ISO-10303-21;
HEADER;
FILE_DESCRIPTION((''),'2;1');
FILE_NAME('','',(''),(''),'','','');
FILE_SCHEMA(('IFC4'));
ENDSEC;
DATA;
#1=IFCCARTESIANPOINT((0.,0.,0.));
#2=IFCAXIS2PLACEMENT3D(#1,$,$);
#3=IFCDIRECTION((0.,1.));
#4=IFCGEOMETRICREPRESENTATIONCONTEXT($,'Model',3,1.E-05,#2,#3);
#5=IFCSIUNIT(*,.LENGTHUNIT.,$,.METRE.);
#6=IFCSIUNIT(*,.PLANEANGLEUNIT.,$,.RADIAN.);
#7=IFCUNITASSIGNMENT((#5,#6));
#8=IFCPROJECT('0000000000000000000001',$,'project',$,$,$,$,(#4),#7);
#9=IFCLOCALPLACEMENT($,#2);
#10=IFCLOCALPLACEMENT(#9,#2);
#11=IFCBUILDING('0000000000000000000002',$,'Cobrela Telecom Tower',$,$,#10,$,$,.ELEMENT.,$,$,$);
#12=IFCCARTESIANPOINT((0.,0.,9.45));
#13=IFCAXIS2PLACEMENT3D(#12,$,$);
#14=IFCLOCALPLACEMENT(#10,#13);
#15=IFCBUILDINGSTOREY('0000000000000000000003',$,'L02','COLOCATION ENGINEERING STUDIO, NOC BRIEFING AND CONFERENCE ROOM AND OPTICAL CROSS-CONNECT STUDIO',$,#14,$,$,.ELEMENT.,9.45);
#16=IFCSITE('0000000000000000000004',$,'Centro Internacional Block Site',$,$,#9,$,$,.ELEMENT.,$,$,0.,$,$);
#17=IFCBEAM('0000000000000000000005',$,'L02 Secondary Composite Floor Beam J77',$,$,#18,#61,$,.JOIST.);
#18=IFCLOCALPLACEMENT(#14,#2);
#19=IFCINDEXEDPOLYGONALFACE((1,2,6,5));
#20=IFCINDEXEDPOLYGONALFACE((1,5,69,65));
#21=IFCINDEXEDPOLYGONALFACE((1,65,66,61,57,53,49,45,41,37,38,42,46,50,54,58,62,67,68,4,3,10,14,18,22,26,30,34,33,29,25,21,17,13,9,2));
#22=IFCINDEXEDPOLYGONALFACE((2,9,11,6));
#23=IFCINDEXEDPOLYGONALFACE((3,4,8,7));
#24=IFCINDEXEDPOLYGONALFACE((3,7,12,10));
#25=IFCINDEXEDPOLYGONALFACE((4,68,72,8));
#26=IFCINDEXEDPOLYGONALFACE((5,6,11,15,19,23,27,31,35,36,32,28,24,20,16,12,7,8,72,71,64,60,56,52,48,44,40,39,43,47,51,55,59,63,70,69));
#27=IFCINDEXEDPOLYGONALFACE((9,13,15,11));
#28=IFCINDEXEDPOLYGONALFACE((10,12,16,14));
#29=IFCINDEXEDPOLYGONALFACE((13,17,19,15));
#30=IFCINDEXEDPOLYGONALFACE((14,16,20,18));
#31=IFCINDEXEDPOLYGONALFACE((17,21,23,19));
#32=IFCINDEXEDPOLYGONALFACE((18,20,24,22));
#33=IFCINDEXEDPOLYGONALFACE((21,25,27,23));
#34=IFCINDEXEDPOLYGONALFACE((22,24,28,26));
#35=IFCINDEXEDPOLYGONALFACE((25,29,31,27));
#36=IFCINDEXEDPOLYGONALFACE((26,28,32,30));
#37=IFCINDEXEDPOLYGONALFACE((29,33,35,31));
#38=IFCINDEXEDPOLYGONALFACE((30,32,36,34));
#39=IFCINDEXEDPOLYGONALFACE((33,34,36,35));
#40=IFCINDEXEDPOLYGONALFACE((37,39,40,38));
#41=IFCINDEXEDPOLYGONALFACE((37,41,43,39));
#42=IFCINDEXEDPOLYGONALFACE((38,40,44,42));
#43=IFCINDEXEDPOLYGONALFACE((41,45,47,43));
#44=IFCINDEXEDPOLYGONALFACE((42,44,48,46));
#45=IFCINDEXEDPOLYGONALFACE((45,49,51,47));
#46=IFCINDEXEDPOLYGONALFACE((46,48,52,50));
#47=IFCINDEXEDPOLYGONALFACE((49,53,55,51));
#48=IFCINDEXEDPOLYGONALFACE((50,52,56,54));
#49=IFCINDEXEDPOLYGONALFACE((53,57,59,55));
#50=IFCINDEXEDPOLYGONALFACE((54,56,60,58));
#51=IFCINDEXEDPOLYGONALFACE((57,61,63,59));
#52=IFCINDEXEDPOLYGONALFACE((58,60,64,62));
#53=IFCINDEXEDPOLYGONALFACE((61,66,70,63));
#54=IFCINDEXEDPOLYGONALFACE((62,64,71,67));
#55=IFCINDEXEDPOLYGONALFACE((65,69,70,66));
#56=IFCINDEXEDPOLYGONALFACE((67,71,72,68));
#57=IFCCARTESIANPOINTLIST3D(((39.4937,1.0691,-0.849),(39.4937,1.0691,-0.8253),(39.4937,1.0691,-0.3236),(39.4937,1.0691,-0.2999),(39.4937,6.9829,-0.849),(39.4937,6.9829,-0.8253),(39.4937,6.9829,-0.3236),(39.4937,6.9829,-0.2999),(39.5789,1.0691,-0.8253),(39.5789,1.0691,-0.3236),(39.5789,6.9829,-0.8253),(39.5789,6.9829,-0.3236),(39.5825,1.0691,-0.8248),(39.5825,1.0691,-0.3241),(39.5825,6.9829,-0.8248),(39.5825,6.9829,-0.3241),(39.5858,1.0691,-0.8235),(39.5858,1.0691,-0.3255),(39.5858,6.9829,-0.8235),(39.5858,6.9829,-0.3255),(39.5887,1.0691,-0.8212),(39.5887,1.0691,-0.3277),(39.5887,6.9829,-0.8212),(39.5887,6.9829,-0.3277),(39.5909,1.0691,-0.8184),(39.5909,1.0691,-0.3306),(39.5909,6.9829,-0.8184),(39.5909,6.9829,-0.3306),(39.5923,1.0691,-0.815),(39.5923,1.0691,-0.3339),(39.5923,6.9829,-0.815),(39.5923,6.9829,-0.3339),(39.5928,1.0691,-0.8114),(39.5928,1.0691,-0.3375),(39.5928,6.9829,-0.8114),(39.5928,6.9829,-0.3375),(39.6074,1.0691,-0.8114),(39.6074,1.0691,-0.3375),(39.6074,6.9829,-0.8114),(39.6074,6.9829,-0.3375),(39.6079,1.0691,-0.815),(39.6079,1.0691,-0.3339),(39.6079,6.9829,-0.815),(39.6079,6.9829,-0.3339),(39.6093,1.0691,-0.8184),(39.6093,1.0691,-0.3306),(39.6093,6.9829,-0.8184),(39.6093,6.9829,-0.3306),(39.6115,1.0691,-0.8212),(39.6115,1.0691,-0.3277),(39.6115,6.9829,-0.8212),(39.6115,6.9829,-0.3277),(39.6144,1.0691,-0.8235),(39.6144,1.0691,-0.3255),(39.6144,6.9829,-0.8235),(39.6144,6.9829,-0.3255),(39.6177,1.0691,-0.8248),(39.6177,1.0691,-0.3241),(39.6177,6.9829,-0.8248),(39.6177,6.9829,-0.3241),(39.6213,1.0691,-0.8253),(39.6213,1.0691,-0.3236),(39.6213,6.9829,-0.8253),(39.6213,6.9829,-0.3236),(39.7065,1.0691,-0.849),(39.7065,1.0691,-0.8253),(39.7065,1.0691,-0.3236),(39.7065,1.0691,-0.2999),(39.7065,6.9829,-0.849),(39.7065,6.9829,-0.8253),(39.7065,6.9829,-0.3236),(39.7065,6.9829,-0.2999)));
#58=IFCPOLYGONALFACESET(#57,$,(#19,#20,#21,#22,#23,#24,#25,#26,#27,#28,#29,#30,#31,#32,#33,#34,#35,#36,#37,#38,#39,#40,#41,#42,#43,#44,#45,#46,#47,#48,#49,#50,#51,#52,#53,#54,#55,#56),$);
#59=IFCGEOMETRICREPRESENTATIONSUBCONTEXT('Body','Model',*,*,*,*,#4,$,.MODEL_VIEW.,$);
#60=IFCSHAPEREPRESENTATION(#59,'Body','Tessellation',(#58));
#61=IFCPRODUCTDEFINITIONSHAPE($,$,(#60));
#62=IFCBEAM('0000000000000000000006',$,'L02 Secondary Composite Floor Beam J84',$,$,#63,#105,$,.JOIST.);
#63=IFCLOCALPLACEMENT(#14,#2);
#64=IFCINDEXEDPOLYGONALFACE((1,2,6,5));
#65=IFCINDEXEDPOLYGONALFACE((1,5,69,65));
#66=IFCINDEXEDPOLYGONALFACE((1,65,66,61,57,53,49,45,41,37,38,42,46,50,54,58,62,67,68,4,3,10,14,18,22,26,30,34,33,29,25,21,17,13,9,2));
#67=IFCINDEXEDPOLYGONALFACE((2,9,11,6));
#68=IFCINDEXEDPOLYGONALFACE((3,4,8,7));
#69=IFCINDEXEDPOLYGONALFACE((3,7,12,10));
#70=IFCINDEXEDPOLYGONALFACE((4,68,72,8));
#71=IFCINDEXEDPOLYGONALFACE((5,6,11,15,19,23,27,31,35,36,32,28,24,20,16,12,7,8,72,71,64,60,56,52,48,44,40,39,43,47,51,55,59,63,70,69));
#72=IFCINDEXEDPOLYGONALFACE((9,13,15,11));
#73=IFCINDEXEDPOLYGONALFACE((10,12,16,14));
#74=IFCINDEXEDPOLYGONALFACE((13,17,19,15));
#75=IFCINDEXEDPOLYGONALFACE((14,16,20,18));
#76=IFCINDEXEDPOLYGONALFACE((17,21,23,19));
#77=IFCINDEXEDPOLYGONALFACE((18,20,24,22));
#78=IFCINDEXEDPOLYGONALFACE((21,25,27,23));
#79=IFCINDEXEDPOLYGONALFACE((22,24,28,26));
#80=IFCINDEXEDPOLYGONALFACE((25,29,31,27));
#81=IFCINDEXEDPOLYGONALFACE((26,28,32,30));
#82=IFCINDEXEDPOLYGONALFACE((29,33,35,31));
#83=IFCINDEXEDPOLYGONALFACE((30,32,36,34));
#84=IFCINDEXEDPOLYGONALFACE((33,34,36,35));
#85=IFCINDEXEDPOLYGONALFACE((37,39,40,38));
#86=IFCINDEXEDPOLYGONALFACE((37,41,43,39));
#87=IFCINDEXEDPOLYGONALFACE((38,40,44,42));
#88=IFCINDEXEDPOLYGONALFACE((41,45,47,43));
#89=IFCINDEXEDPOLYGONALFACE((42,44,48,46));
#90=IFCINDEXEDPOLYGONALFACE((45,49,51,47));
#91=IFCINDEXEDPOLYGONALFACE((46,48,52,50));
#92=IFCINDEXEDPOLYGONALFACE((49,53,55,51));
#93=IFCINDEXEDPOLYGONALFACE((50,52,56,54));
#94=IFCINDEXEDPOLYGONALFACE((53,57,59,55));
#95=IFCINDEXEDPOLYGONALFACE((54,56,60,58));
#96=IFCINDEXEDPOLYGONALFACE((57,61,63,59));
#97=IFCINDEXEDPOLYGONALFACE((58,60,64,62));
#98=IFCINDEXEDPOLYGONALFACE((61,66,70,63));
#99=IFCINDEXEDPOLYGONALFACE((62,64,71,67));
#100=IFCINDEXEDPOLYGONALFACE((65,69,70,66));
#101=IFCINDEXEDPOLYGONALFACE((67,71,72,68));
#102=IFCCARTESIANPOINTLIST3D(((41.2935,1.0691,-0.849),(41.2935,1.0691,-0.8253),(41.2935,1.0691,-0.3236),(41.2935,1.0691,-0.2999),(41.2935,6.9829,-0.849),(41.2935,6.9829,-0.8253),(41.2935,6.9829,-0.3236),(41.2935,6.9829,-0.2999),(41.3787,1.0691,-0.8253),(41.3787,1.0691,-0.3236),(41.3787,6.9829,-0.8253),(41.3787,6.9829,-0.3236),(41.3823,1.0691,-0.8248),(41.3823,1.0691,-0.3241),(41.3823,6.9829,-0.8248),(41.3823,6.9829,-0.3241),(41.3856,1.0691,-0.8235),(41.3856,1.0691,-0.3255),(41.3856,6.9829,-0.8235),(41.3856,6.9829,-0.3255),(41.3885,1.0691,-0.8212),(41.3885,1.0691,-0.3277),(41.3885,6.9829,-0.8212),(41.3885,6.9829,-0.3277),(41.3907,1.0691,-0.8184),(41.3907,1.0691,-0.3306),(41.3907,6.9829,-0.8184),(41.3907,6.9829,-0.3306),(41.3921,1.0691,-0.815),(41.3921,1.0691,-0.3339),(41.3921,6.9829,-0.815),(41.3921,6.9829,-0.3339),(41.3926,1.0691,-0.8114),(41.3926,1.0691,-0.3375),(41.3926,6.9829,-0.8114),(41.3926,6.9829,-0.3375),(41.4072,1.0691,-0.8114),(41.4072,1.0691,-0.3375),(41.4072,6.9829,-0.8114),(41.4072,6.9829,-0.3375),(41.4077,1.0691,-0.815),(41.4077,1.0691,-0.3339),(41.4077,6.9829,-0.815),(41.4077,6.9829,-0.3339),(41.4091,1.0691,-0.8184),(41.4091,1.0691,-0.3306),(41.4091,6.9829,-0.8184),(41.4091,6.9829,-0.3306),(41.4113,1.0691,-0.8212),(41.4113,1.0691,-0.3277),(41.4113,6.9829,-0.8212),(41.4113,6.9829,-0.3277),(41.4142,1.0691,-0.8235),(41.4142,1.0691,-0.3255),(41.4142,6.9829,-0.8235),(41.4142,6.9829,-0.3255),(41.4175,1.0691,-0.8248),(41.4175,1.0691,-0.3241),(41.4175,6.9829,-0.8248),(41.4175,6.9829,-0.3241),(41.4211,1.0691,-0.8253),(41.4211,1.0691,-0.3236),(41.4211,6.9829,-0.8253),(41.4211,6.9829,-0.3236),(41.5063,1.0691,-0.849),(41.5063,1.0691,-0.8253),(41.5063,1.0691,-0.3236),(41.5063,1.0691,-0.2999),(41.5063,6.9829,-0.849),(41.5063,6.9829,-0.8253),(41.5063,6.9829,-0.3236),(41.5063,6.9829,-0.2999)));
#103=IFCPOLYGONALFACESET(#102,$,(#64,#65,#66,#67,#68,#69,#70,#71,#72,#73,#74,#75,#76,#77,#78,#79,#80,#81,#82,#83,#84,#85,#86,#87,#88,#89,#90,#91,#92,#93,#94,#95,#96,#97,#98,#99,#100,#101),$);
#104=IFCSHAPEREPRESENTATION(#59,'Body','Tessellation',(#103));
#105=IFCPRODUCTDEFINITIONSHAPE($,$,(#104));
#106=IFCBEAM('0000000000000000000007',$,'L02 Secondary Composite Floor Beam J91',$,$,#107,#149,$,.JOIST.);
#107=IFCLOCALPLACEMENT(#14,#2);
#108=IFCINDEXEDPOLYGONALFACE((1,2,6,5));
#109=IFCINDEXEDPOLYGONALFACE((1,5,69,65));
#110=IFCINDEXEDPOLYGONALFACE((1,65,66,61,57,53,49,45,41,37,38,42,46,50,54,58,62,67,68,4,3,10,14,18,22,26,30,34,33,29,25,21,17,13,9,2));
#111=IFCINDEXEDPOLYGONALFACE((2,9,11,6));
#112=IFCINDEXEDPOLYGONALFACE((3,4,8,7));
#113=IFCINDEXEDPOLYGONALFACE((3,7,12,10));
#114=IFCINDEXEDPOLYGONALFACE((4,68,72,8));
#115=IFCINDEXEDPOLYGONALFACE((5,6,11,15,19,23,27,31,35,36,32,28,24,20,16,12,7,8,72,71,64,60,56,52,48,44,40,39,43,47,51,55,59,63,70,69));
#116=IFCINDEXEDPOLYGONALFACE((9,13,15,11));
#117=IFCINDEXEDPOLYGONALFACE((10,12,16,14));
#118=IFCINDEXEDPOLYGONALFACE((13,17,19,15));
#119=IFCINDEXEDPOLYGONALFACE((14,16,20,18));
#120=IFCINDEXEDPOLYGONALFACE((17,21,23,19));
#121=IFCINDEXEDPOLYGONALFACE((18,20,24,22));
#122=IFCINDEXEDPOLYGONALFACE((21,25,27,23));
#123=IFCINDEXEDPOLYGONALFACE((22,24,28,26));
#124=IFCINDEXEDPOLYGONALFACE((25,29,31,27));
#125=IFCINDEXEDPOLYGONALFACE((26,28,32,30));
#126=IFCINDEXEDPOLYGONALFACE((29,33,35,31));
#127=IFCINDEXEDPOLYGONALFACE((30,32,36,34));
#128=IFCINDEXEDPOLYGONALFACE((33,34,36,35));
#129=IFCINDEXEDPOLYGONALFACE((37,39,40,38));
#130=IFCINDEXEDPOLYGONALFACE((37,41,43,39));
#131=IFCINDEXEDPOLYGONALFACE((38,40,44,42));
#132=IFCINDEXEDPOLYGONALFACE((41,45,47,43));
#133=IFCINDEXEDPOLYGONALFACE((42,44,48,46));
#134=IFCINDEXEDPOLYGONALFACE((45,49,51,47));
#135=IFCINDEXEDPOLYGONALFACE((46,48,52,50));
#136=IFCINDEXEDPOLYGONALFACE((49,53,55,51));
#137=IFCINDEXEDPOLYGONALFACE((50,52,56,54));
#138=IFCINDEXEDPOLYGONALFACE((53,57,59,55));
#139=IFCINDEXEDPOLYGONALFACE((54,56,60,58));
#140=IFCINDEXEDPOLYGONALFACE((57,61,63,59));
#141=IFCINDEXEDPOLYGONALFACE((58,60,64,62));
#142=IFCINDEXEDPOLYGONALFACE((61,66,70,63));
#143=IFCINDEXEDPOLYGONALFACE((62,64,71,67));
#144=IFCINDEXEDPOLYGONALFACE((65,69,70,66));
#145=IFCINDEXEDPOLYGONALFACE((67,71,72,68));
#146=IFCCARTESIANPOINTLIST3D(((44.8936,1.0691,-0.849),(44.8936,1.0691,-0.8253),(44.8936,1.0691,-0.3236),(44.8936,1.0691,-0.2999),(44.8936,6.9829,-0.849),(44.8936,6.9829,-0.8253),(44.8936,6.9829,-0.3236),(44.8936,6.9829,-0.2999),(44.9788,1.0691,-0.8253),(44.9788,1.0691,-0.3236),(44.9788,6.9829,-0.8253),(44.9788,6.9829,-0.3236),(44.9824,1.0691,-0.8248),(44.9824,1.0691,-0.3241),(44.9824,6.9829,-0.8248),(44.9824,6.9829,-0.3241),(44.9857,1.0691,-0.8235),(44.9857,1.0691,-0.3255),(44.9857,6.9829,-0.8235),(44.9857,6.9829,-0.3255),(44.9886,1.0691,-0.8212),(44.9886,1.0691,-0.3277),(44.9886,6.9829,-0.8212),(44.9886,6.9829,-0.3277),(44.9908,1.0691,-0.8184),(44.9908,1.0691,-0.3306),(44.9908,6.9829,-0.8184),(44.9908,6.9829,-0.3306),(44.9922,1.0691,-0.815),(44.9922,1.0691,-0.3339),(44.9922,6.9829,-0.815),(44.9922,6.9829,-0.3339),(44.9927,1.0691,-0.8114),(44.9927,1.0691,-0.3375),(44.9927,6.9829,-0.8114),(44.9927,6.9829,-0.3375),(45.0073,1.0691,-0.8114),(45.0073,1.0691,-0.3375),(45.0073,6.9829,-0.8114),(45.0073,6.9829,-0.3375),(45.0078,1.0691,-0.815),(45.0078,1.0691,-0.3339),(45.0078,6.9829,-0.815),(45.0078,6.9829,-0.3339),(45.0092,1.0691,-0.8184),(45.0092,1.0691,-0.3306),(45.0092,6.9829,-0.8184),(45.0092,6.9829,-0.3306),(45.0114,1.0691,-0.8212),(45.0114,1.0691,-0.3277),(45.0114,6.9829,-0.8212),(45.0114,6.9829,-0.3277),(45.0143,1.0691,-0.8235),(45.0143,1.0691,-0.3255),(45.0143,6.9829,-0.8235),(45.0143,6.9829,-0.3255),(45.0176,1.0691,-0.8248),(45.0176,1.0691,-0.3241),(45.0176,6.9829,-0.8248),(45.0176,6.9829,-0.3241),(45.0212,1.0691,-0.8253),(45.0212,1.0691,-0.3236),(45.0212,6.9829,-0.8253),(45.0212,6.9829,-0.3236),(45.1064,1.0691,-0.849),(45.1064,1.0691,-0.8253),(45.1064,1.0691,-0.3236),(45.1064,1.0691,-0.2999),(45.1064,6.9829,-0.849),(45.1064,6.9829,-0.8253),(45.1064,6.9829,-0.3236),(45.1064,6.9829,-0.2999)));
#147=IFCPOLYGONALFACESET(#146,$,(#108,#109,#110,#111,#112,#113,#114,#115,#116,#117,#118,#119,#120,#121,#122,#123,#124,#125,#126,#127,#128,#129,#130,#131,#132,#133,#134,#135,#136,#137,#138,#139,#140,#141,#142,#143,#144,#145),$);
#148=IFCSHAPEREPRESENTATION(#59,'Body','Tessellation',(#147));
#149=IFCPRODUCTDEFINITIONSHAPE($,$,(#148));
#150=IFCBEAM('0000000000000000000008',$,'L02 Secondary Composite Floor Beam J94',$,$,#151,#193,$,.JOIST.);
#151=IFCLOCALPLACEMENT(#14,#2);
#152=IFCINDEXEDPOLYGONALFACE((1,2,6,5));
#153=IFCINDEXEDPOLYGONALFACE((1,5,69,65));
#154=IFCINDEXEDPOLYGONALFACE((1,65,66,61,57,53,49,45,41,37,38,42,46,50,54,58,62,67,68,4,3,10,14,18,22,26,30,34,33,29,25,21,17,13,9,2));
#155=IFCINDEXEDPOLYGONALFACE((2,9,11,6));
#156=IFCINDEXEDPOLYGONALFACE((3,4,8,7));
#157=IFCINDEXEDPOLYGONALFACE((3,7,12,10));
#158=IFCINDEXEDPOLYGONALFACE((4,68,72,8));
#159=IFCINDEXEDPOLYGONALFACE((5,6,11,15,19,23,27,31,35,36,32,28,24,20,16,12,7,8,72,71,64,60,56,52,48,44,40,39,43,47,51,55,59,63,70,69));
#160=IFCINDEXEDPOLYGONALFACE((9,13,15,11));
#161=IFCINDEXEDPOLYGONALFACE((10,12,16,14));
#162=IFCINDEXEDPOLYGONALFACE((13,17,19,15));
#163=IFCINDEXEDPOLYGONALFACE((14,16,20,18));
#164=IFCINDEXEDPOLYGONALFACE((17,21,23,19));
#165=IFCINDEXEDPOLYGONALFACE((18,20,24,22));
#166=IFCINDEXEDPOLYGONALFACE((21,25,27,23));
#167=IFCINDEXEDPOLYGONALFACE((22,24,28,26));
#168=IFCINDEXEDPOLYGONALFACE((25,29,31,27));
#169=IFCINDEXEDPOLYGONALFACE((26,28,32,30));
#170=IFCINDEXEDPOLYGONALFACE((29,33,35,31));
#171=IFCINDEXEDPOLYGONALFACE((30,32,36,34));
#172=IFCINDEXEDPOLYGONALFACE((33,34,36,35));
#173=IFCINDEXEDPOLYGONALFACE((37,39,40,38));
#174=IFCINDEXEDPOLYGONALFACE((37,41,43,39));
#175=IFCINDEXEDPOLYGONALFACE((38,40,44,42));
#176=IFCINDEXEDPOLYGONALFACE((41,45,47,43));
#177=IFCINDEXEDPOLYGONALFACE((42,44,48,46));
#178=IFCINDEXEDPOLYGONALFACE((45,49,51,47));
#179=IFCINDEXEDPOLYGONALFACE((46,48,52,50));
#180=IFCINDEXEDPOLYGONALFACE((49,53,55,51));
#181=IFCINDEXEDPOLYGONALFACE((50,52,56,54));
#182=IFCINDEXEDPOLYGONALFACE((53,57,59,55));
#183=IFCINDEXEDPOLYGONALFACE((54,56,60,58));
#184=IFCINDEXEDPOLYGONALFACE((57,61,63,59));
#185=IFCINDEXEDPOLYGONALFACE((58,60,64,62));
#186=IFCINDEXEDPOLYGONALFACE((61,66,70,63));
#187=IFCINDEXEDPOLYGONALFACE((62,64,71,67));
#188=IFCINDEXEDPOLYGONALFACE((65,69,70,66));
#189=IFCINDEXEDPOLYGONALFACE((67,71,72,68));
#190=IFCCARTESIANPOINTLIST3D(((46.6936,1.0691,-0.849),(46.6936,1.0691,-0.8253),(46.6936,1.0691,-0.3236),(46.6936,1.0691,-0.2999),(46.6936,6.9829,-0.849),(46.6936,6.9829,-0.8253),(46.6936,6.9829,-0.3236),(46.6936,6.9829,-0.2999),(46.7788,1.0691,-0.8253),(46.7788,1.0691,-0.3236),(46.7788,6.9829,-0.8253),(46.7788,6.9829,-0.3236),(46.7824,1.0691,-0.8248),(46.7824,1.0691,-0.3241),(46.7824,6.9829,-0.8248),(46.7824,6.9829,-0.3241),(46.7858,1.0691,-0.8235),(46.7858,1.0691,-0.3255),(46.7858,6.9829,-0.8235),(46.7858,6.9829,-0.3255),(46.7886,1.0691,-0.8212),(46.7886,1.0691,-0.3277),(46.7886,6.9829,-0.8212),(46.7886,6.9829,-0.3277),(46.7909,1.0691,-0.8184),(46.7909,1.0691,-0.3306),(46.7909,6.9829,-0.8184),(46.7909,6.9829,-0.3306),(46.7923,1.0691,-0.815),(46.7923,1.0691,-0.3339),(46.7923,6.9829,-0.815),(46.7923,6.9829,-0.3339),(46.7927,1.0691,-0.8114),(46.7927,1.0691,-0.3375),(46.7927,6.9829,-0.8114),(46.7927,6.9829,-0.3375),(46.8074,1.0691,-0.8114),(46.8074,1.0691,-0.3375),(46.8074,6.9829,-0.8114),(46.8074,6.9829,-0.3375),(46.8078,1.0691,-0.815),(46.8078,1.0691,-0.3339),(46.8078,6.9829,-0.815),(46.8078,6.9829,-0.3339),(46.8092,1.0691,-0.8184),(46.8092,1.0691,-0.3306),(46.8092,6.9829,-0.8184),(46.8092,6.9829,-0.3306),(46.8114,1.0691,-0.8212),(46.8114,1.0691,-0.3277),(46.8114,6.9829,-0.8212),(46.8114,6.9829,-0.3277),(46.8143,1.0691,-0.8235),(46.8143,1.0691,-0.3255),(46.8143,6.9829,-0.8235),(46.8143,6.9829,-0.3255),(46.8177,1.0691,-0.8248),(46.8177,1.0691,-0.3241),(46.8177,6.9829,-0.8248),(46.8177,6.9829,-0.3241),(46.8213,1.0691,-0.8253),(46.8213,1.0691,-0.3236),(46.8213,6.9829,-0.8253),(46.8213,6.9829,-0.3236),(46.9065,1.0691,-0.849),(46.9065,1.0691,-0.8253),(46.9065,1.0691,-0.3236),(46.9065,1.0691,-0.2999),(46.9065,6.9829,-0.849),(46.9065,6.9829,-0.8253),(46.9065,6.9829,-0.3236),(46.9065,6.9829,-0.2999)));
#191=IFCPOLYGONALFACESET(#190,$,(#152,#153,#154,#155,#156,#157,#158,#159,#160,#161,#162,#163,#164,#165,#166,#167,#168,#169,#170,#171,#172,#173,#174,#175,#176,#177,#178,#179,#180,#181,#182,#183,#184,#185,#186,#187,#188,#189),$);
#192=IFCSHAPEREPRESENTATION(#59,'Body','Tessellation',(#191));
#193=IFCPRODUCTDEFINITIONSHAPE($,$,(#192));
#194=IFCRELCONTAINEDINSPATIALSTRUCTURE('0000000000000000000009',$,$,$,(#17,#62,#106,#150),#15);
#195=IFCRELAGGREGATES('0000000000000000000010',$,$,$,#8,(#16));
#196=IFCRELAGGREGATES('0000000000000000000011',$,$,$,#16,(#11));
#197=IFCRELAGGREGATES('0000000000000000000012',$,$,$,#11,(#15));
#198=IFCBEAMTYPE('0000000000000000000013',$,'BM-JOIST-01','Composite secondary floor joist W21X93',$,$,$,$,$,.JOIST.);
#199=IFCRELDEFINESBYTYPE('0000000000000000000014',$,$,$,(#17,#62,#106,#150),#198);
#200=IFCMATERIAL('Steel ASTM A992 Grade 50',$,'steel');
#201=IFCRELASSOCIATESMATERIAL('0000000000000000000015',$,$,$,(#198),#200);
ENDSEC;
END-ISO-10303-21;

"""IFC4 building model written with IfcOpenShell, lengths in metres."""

from ifc_helpers import new_model, si_unit, direction, frame, origin, origin_2d, place, context, subcontext, project, spatial, i_section, extrude, material, material_profile, profile_set, type_object, element, save


model = new_model("IFC4")

# Units and contexts
model_context = context("Model", 3, precision=1e-05, world=origin(), true_north=direction((0.0, 1.0)))
body_context = subcontext(model_context, "Body", "Model", "MODEL_VIEW")
ifc_project = project(units=[si_unit("LENGTHUNIT", "METRE"), si_unit("PLANEANGLEUNIT", "RADIAN")], contexts=[model_context])

# Site, building, storey
site_placement = place(None, origin())
site = spatial("IfcSite", under=ifc_project, at=site_placement, Name="Centro Internacional Block Site", CompositionType="ELEMENT", RefElevation=0.0)
building_placement = place(site_placement, origin())
building = spatial("IfcBuilding", under=site, at=building_placement, Name="Cobrela Telecom Tower", CompositionType="ELEMENT")
storey_placement = place(building_placement, frame((0.0, 0.0, 9.45)))
storey = spatial("IfcBuildingStorey", under=building, at=storey_placement, Name="L02", Description="COLOCATION ENGINEERING STUDIO, NOC BRIEFING AND CONFERENCE ROOM AND OPTICAL CROSS-CONNECT STUDIO", CompositionType="ELEMENT", Elevation=9.45)

# Beams
ifc_material_1 = material(Name="Steel ASTM A992 Grade 50", Category="steel")
ifc_material_profile_1 = material_profile(ifc_material_1, i_section(OverallWidth=0.2129, OverallDepth=0.5491, WebThickness=0.0146, FlangeThickness=0.0237, FilletRadius=0.0139, at=origin_2d()), Name="W21X93")
ifc_profile_set_1 = profile_set([ifc_material_profile_1], Name="Steel ASTM A992 Grade 50")
beam_type_1 = type_object("IfcBeamType", Name="BM-JOIST-01", Description="Composite secondary floor joist W21X93", PredefinedType="JOIST", material=ifc_profile_set_1)
for number, where, z_axis, x_axis, name in (
    (1, (39.6001, 1.0691, -0.5745), (0.0, 1.0, 0.0), (-1.0, 0.0, 0.0), "L02 Secondary Composite Floor Beam J77"),
    (2, (41.3999, 1.0691, -0.5745), (0.0, 1.0, 0.0), (-1.0, 0.0, 0.0), "L02 Secondary Composite Floor Beam J84"),
    (3, (45.0, 1.0691, -0.5745), (0.0, 1.0, 0.0), (-1.0, 0.0, 0.0), "L02 Secondary Composite Floor Beam J91"),
    (4, (46.8, 1.0691, -0.5745), (0.0, 1.0, 0.0), (-1.0, 0.0, 0.0), "L02 Secondary Composite Floor Beam J94"),
):
    element("IfcBeam", number, at=place(storey_placement, frame(where, z_axis=z_axis, x_axis=x_axis)), inside=storey, type_object=beam_type_1, Name=name, PredefinedType="JOIST", context=body_context, shape_type="SweptSolid", body=[
        extrude(i_section(OverallWidth=0.2129, OverallDepth=0.5491, WebThickness=0.0146, FlangeThickness=0.0237, FilletRadius=0.0139, at=origin_2d()), origin(), (0.0, 0.0, 1.0), 5.9138),
    ])

save(model, "model.ifc")
